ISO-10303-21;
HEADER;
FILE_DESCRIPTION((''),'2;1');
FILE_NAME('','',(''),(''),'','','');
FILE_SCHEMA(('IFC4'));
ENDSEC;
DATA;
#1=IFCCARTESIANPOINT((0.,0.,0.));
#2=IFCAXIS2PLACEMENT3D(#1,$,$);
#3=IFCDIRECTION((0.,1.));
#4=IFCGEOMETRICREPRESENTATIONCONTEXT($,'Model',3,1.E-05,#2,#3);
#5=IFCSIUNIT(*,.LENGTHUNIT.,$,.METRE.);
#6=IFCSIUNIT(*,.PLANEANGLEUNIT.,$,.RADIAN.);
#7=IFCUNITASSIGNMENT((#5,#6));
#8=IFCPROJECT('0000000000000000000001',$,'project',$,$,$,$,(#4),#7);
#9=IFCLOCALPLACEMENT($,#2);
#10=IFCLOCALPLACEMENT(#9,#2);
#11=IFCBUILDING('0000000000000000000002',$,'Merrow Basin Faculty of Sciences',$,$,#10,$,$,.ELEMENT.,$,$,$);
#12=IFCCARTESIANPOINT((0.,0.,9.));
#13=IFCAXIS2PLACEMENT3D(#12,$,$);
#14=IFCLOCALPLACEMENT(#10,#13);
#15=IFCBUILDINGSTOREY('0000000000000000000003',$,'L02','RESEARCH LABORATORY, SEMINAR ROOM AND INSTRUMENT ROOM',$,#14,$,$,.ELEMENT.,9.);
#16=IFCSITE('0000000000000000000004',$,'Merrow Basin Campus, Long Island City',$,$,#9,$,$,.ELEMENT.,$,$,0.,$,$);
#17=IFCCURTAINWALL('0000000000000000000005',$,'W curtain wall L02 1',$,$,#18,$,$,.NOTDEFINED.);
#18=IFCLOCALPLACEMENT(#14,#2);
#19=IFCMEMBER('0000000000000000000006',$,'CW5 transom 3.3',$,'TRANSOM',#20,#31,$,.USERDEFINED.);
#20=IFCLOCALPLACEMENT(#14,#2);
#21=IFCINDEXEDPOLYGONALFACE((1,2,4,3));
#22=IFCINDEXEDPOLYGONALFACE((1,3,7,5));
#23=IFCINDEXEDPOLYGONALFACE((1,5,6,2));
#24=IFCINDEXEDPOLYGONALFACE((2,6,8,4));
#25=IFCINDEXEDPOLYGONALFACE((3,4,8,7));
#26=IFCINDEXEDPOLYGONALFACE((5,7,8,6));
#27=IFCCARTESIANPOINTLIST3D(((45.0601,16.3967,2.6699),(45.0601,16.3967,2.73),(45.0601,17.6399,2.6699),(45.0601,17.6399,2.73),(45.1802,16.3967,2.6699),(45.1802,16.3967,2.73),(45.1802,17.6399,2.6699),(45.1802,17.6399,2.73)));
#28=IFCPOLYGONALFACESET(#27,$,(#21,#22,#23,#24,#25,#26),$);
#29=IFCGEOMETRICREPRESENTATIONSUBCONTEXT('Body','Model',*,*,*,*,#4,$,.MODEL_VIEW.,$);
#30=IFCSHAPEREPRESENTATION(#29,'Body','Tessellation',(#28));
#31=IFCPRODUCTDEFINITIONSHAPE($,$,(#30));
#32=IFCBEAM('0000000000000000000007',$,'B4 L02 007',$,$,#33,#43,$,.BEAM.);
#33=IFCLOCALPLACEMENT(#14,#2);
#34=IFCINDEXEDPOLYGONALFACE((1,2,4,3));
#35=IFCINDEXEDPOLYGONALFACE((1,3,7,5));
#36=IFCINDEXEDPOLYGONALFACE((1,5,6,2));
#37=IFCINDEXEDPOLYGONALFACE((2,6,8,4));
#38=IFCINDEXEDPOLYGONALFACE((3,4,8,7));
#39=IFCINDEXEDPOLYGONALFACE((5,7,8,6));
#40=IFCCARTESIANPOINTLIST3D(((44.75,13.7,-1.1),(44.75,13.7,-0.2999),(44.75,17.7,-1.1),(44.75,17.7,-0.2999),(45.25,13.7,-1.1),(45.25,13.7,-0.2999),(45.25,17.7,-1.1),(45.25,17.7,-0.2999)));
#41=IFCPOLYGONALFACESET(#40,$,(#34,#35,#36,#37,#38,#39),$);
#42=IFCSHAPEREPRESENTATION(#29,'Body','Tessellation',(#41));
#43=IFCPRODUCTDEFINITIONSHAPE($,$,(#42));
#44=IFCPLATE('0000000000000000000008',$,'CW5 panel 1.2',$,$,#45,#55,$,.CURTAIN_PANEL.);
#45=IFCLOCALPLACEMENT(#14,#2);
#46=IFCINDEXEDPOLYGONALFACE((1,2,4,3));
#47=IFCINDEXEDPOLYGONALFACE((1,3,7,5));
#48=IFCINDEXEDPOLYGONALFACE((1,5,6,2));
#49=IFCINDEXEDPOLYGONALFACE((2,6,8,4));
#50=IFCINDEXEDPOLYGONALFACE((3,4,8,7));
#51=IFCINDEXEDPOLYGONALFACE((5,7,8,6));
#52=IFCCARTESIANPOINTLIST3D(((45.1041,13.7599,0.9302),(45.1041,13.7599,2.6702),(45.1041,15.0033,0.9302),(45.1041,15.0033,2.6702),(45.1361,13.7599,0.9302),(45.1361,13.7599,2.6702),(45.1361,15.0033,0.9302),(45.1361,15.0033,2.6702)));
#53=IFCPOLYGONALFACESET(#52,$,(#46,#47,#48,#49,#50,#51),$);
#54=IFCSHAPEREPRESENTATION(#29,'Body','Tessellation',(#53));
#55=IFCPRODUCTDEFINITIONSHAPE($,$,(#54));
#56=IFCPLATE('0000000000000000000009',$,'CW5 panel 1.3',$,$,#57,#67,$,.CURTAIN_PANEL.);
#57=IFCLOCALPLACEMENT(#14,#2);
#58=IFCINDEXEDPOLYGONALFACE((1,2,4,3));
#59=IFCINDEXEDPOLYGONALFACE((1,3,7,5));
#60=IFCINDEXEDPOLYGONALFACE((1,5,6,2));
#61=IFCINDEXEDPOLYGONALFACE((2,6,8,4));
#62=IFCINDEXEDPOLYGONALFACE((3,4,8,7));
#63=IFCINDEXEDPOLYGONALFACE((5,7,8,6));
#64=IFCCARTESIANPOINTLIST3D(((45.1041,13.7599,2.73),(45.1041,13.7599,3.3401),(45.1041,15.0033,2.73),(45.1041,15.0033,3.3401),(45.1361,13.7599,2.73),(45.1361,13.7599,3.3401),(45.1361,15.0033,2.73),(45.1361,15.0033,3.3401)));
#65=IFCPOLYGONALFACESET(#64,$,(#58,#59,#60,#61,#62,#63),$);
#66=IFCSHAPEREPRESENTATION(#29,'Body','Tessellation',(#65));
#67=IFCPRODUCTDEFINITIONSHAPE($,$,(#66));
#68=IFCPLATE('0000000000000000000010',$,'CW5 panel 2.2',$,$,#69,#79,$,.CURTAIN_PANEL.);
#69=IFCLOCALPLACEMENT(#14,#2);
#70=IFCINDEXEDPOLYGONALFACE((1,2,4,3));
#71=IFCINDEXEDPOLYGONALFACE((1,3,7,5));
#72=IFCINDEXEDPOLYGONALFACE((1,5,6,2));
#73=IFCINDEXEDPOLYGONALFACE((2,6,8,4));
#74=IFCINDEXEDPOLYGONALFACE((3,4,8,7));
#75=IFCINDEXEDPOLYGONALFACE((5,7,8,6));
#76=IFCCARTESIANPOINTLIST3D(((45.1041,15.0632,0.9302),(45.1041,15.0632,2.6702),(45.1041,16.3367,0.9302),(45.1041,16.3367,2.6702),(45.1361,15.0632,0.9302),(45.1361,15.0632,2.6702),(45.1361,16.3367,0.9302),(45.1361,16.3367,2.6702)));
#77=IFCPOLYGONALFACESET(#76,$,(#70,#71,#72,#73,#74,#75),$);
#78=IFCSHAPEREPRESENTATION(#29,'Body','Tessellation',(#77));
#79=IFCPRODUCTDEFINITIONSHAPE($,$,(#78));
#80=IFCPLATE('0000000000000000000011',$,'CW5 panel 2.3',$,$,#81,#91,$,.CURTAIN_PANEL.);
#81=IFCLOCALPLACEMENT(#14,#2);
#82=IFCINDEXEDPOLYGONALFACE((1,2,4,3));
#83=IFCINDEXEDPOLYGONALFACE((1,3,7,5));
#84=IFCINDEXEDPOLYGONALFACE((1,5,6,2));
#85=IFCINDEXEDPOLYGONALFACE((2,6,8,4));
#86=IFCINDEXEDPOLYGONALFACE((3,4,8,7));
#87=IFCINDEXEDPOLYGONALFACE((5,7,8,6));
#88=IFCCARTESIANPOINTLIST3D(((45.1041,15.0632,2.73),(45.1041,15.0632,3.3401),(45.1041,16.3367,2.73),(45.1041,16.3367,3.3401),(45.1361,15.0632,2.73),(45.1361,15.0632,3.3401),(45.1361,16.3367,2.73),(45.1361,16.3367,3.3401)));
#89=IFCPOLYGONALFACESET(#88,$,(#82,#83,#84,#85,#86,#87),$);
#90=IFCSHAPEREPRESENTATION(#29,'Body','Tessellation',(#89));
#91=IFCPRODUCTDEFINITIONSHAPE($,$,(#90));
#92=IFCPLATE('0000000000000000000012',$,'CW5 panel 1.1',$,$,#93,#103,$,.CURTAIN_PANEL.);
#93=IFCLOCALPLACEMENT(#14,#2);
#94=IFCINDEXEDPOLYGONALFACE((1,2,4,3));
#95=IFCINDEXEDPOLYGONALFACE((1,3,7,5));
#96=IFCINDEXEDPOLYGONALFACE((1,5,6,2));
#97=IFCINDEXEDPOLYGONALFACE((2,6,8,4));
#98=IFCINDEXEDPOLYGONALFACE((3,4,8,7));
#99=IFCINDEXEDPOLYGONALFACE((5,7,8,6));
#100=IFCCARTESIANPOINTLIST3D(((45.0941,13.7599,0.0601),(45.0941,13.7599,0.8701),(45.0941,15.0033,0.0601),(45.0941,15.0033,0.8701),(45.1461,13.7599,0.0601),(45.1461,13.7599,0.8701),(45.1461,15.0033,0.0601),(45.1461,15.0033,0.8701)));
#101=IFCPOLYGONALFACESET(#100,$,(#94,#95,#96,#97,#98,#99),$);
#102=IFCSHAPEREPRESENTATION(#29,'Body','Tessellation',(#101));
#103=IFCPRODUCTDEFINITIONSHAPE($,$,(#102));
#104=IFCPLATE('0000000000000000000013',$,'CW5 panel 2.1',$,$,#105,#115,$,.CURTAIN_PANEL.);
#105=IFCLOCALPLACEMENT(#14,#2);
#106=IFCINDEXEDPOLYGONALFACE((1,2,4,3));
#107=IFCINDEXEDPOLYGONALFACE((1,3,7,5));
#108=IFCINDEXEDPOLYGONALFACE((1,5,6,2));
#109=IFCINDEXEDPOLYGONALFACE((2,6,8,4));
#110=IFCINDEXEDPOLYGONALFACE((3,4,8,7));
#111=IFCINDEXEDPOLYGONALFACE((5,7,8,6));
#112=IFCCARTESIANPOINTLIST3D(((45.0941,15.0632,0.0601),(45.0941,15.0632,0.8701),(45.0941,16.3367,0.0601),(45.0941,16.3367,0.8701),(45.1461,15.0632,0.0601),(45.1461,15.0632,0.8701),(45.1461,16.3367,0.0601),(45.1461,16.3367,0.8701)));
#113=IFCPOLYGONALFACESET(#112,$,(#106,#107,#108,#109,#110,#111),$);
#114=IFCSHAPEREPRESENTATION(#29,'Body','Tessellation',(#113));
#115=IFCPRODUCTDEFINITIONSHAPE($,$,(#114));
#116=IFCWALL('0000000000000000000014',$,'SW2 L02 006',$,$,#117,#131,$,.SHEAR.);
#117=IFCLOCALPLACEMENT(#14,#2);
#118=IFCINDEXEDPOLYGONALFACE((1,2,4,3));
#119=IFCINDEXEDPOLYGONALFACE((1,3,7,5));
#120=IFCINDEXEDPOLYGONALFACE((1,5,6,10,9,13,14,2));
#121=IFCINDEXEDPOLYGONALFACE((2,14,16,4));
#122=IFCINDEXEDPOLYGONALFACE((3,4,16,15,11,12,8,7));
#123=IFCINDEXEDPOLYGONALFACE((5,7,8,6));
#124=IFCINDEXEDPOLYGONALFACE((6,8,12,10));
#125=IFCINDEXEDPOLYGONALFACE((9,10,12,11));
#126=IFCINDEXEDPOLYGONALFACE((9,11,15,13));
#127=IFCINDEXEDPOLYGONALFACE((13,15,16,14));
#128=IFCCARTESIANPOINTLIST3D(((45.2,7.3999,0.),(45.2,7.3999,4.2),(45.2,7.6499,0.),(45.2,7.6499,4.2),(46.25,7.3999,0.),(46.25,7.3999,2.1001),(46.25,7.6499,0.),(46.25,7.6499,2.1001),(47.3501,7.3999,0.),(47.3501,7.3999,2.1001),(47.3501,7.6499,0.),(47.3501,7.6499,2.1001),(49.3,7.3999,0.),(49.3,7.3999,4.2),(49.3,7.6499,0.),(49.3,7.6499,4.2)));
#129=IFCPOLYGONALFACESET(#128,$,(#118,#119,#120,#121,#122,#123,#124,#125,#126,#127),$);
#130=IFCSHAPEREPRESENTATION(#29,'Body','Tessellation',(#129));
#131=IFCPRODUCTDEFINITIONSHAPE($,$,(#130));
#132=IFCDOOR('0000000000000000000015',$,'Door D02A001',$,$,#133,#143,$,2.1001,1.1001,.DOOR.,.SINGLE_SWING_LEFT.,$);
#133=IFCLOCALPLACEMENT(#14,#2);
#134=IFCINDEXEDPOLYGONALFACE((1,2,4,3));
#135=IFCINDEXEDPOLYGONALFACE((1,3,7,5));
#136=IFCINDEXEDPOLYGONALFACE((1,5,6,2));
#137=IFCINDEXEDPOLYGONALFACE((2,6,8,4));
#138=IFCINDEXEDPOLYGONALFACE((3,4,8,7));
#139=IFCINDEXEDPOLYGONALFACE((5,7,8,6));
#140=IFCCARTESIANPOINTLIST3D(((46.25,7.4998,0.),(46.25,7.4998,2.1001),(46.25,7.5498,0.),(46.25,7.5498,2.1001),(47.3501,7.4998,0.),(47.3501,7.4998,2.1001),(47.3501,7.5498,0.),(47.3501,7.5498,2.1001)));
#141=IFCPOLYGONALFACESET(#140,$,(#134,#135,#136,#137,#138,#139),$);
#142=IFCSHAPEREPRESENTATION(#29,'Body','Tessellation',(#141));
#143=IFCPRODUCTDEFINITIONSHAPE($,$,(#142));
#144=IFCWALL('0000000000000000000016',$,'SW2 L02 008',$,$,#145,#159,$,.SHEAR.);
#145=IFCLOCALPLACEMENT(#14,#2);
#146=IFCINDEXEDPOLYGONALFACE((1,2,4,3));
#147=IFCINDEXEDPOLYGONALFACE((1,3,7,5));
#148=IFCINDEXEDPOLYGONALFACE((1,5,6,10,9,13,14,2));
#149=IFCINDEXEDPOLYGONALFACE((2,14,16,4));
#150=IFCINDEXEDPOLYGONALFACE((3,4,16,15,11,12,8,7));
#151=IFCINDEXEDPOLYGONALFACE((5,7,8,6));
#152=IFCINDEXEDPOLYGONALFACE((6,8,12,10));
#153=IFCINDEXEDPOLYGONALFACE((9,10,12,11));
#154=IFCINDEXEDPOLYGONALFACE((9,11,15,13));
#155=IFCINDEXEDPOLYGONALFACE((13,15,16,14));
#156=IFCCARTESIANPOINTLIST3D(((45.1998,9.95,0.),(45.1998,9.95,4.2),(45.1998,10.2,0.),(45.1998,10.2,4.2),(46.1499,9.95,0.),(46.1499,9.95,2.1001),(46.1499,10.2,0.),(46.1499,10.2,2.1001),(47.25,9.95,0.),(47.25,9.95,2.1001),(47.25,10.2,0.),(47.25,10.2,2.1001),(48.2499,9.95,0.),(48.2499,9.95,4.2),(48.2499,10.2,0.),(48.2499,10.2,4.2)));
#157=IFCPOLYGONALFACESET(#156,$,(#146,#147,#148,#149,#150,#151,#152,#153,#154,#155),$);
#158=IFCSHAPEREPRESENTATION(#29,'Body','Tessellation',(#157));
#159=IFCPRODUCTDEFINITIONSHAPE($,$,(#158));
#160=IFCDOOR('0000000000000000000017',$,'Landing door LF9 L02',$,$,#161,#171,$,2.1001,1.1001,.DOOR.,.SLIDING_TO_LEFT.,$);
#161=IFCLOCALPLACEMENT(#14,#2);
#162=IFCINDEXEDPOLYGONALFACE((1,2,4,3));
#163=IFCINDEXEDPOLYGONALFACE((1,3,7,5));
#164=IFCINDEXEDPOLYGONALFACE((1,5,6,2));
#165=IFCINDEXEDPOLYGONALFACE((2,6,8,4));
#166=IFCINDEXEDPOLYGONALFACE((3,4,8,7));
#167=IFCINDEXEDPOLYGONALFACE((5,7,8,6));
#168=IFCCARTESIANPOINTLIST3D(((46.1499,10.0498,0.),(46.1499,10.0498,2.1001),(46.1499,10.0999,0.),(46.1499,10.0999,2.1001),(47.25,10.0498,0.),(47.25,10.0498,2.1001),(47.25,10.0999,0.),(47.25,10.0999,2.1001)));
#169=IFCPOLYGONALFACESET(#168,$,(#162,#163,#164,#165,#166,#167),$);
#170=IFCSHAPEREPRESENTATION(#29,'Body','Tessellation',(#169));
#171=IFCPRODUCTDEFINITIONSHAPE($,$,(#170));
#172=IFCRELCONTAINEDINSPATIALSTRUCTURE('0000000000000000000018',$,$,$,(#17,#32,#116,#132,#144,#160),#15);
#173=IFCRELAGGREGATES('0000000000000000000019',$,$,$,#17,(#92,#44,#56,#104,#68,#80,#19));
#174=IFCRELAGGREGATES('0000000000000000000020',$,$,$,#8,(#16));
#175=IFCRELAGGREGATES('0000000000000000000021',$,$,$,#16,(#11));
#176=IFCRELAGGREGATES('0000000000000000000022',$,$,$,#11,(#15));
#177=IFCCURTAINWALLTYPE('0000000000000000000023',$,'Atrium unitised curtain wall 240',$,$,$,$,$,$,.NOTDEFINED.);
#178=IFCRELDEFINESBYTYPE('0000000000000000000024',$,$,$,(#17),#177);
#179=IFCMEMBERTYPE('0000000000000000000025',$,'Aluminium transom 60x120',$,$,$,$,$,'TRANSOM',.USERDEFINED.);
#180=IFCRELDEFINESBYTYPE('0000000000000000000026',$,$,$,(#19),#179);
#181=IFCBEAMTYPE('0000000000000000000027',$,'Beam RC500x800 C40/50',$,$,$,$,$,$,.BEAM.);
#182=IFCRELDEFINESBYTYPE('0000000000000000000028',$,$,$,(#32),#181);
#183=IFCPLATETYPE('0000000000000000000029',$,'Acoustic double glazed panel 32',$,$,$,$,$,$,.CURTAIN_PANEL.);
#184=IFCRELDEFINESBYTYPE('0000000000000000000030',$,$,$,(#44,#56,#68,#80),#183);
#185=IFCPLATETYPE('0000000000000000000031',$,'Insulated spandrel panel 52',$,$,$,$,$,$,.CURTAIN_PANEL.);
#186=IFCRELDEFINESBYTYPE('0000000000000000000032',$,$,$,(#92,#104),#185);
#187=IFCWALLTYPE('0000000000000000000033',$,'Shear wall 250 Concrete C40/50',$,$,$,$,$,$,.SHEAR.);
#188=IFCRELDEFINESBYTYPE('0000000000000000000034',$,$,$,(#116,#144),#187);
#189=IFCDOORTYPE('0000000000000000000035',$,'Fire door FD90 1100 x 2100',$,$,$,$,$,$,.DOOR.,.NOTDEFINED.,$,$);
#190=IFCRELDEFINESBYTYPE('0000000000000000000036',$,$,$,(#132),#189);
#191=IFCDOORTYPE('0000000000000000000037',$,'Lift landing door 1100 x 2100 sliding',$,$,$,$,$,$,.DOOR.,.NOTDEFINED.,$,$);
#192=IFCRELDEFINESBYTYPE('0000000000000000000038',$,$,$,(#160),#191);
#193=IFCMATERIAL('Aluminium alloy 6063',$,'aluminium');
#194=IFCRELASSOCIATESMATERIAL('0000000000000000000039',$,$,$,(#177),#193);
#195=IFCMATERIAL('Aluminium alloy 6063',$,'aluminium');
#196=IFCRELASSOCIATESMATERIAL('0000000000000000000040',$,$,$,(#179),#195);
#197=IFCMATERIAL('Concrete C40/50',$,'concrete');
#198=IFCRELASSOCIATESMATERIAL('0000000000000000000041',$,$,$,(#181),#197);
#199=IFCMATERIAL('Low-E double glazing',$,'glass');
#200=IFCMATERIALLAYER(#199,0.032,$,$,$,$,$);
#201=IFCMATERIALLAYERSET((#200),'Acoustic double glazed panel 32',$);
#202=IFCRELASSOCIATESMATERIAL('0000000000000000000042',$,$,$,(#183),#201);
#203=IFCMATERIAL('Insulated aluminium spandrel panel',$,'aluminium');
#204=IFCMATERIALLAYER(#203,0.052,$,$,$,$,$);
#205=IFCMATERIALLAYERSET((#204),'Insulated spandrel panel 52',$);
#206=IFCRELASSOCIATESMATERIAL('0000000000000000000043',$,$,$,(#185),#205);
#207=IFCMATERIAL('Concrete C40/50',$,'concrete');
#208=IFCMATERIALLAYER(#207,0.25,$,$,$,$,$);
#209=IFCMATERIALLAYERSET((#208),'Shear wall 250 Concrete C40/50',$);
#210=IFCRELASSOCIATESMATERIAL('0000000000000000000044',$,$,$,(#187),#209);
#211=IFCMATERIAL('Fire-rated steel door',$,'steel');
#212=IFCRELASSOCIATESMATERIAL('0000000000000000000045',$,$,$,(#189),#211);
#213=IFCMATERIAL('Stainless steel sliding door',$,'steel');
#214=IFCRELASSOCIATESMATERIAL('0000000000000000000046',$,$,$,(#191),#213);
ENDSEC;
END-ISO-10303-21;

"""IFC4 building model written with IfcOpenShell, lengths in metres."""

from ifc_helpers import new_model, si_unit, direction, frame, frame_2d, origin, origin_2d, place, context, subcontext, project, spatial, rectangle, extrude, material, layer, layer_set, material_profile, profile_set, type_object, element, fill, aggregate, save


model = new_model("IFC4")

# Units and contexts
model_context = context("Model", 3, precision=1e-05, world=origin(), true_north=direction((0.0, 1.0)))
body_context = subcontext(model_context, "Body", "Model", "MODEL_VIEW")
ifc_project = project(units=[si_unit("LENGTHUNIT", "METRE"), si_unit("PLANEANGLEUNIT", "RADIAN")], contexts=[model_context])

# Site, building, storey
site_placement = place(None, origin())
site = spatial("IfcSite", under=ifc_project, at=site_placement, Name="Merrow Basin Campus, Long Island City", CompositionType="ELEMENT", RefElevation=0.0)
building_placement = place(site_placement, origin())
building = spatial("IfcBuilding", under=site, at=building_placement, Name="Merrow Basin Faculty of Sciences", CompositionType="ELEMENT")
storey_placement = place(building_placement, frame((0.0, 0.0, 9.0)))
storey = spatial("IfcBuildingStorey", under=building, at=storey_placement, Name="L02", Description="RESEARCH LABORATORY, SEMINAR ROOM AND INSTRUMENT ROOM", CompositionType="ELEMENT", Elevation=9.0)

# Curtain wall, member
ifc_material_1 = material(Name="Aluminium alloy 6063", Category="aluminium")
curtain_wall_type = type_object("IfcCurtainWallType", Name="Atrium unitised curtain wall 240", PredefinedType="NOTDEFINED", material=ifc_material_1)
curtain_wall_placement = place(storey_placement, origin())
curtain_wall = element("IfcCurtainWall", 1, at=curtain_wall_placement, inside=storey, type_object=curtain_wall_type, Name="W curtain wall L02 1", PredefinedType="NOTDEFINED")
ifc_material_2 = material(Name="Aluminium alloy 6063", Category="aluminium")
ifc_material_profile_1 = material_profile(ifc_material_2, rectangle(XDim=0.1201, YDim=0.0601, at=origin_2d()))
ifc_profile_set_1 = profile_set([ifc_material_profile_1], Name="Aluminium alloy 6063")
member_type_1 = type_object("IfcMemberType", Name="Aluminium transom 60x120", ElementType="TRANSOM", PredefinedType="USERDEFINED", material=ifc_profile_set_1)
member_1_placement = place(storey_placement, frame((45.1201, 16.3967, 2.7), z_axis=(0.0, 1.0, 0.0), x_axis=(-1.0, 0.0, 0.0)))
member_1 = element("IfcMember", 2, at=member_1_placement, type_object=member_type_1, Name="CW5 transom 3.3", ObjectType="TRANSOM", PredefinedType="USERDEFINED", context=body_context, shape_type="SweptSolid", body=[
    extrude(rectangle(XDim=0.1201, YDim=0.0601, at=origin_2d()), origin(), (0.0, 0.0, 1.0), 1.2432),
])

# Beam
ifc_material_3 = material(Name="Concrete C40/50", Category="concrete")
ifc_material_profile_2 = material_profile(ifc_material_3, rectangle(XDim=0.5, YDim=0.8, at=origin_2d()))
ifc_profile_set_2 = profile_set([ifc_material_profile_2], Name="Concrete C40/50")
beam_type = type_object("IfcBeamType", Name="Beam RC500x800 C40/50", PredefinedType="BEAM", material=ifc_profile_set_2)
beam_placement = place(storey_placement, frame((45.0, 13.7, -0.7), z_axis=(0.0, 1.0, 0.0), x_axis=(-1.0, 0.0, 0.0)))
element("IfcBeam", 3, at=beam_placement, inside=storey, type_object=beam_type, Name="B4 L02 007", PredefinedType="BEAM", context=body_context, shape_type="SweptSolid", body=[
    extrude(rectangle(XDim=0.5, YDim=0.8, at=origin_2d()), origin(), (0.0, 0.0, 1.0), 4.0),
])

# Plates
ifc_material_4 = material(Name="Low-E double glazing", Category="glass")
ifc_layer_1 = layer(ifc_material_4, 0.032)
ifc_layer_set_1 = layer_set([ifc_layer_1], Name="Acoustic double glazed panel 32")
plate_type_1 = type_object("IfcPlateType", Name="Acoustic double glazed panel 32", PredefinedType="CURTAIN_PANEL", material=ifc_layer_set_1)
plate_1_placement = place(storey_placement, frame((45.1201, 14.3816, 0.9302), z_axis=(0.0, 0.0, 1.0), x_axis=(0.0, 1.0, 0.0)))
plate_1 = element("IfcPlate", 4, at=plate_1_placement, type_object=plate_type_1, Name="CW5 panel 1.2", PredefinedType="CURTAIN_PANEL", context=body_context, shape_type="SweptSolid", body=[
    extrude(rectangle(XDim=1.2434, YDim=0.032, at=origin_2d()), origin(), (0.0, 0.0, 1.0), 1.74),
])
plate_2_placement = place(storey_placement, frame((45.1201, 14.3816, 2.73), z_axis=(0.0, 0.0, 1.0), x_axis=(0.0, 1.0, 0.0)))
plate_2 = element("IfcPlate", 5, at=plate_2_placement, type_object=plate_type_1, Name="CW5 panel 1.3", PredefinedType="CURTAIN_PANEL", context=body_context, shape_type="SweptSolid", body=[
    extrude(rectangle(XDim=1.2434, YDim=0.032, at=origin_2d()), origin(), (0.0, 0.0, 1.0), 0.6101),
])
plate_3_placement = place(storey_placement, frame((45.1201, 15.7, 0.9302), z_axis=(0.0, 0.0, 1.0), x_axis=(0.0, 1.0, 0.0)))
plate_3 = element("IfcPlate", 6, at=plate_3_placement, type_object=plate_type_1, Name="CW5 panel 2.2", PredefinedType="CURTAIN_PANEL", context=body_context, shape_type="SweptSolid", body=[
    extrude(rectangle(XDim=1.2734, YDim=0.032, at=origin_2d()), origin(), (0.0, 0.0, 1.0), 1.74),
])
plate_4_placement = place(storey_placement, frame((45.1201, 15.7, 2.73), z_axis=(0.0, 0.0, 1.0), x_axis=(0.0, 1.0, 0.0)))
plate_4 = element("IfcPlate", 7, at=plate_4_placement, type_object=plate_type_1, Name="CW5 panel 2.3", PredefinedType="CURTAIN_PANEL", context=body_context, shape_type="SweptSolid", body=[
    extrude(rectangle(XDim=1.2734, YDim=0.032, at=origin_2d()), origin(), (0.0, 0.0, 1.0), 0.6101),
])
ifc_material_5 = material(Name="Insulated aluminium spandrel panel", Category="aluminium")
ifc_layer_2 = layer(ifc_material_5, 0.052)
ifc_layer_set_2 = layer_set([ifc_layer_2], Name="Insulated spandrel panel 52")
plate_type_2 = type_object("IfcPlateType", Name="Insulated spandrel panel 52", PredefinedType="CURTAIN_PANEL", material=ifc_layer_set_2)
plate_5_placement = place(storey_placement, frame((45.1201, 14.3816, 0.0601), z_axis=(0.0, 0.0, 1.0), x_axis=(0.0, 1.0, 0.0)))
plate_5 = element("IfcPlate", 8, at=plate_5_placement, type_object=plate_type_2, Name="CW5 panel 1.1", PredefinedType="CURTAIN_PANEL", context=body_context, shape_type="SweptSolid", body=[
    extrude(rectangle(XDim=1.2434, YDim=0.052, at=origin_2d()), origin(), (0.0, 0.0, 1.0), 0.8101),
])
plate_6_placement = place(storey_placement, frame((45.1201, 15.7, 0.0601), z_axis=(0.0, 0.0, 1.0), x_axis=(0.0, 1.0, 0.0)))
plate_6 = element("IfcPlate", 9, at=plate_6_placement, type_object=plate_type_2, Name="CW5 panel 2.1", PredefinedType="CURTAIN_PANEL", context=body_context, shape_type="SweptSolid", body=[
    extrude(rectangle(XDim=1.2734, YDim=0.052, at=origin_2d()), origin(), (0.0, 0.0, 1.0), 0.8101),
])
aggregate(curtain_wall, [plate_5, plate_1, plate_2, plate_6, plate_3, plate_4, member_1])

# Walls, openings, doors
ifc_material_6 = material(Name="Concrete C40/50", Category="concrete")
ifc_layer_3 = layer(ifc_material_6, 0.25)
ifc_layer_set_3 = layer_set([ifc_layer_3], Name="Shear wall 250 Concrete C40/50")
wall_type_1 = type_object("IfcWallType", Name="Shear wall 250 Concrete C40/50", PredefinedType="SHEAR", material=ifc_layer_set_3)
wall_1_placement = place(storey_placement, frame((45.2, 7.5249, 0.0), z_axis=(0.0, 0.0, 1.0), x_axis=(1.0, 0.0, 0.0)))
wall_1 = element("IfcWall", 10, at=wall_1_placement, inside=storey, type_object=wall_type_1, Name="SW2 L02 006", PredefinedType="SHEAR", context=body_context, shape_type="SweptSolid", body=[
    extrude(rectangle(XDim=4.1001, YDim=0.25, at=frame_2d((2.05, 0.0))), origin(), (0.0, 0.0, 1.0), 4.2),
])
opening_1_placement = place(wall_1_placement, frame((1.05, 0.0, 0.0)))
opening_1 = element("IfcOpeningElement", 11, at=opening_1_placement, cuts=wall_1, PredefinedType="OPENING", context=body_context, shape_type="SweptSolid", body=[
    extrude(rectangle(XDim=1.1001, YDim=2.1001, at=frame_2d((0.55, 1.05))), frame((0.0, 0.135, 0.0), z_axis=(0.0, -1.0, 0.0), x_axis=(1.0, 0.0, 0.0)), (0.0, 0.0, 1.0), 0.27),
])
ifc_material_7 = material(Name="Fire-rated steel door", Category="steel")
door_type_1 = type_object("IfcDoorType", Name="Fire door FD90 1100 x 2100", OperationType="NOTDEFINED", PredefinedType="DOOR", material=ifc_material_7)
door_1_placement = place(opening_1_placement, origin())
door_1 = element("IfcDoor", 12, at=door_1_placement, inside=storey, type_object=door_type_1, Name="Door D02A001", OperationType="SINGLE_SWING_LEFT", OverallHeight=2.1001, OverallWidth=1.1001, PredefinedType="DOOR", context=body_context, shape_type="SweptSolid", body=[
    extrude(rectangle(XDim=1.1001, YDim=2.1001, at=frame_2d((0.55, 1.05))), frame((0.0, 0.0249, 0.0), z_axis=(0.0, -1.0, 0.0), x_axis=(1.0, 0.0, 0.0)), (0.0, 0.0, 1.0), 0.05),
])
fill(opening_1, door_1)
wall_2_placement = place(storey_placement, frame((45.2, 10.075, 0.0), z_axis=(0.0, 0.0, 1.0), x_axis=(1.0, 0.0, 0.0)))
wall_2 = element("IfcWall", 13, at=wall_2_placement, inside=storey, type_object=wall_type_1, Name="SW2 L02 008", PredefinedType="SHEAR", context=body_context, shape_type="SweptSolid", body=[
    extrude(rectangle(XDim=3.05, YDim=0.25, at=frame_2d((1.5249, 0.0))), origin(), (0.0, 0.0, 1.0), 4.2),
])
opening_2_placement = place(wall_2_placement, frame((0.95, 0.0, 0.0)))
opening_2 = element("IfcOpeningElement", 14, at=opening_2_placement, cuts=wall_2, PredefinedType="OPENING", context=body_context, shape_type="SweptSolid", body=[
    extrude(rectangle(XDim=1.1001, YDim=2.1001, at=frame_2d((0.55, 1.05))), frame((0.0, 0.135, 0.0), z_axis=(0.0, -1.0, 0.0), x_axis=(1.0, 0.0, 0.0)), (0.0, 0.0, 1.0), 0.27),
])
ifc_material_8 = material(Name="Stainless steel sliding door", Category="steel")
door_type_2 = type_object("IfcDoorType", Name="Lift landing door 1100 x 2100 sliding", OperationType="NOTDEFINED", PredefinedType="DOOR", material=ifc_material_8)
door_2_placement = place(opening_2_placement, origin())
door_2 = element("IfcDoor", 15, at=door_2_placement, inside=storey, type_object=door_type_2, Name="Landing door LF9 L02", OperationType="SLIDING_TO_LEFT", OverallHeight=2.1001, OverallWidth=1.1001, PredefinedType="DOOR", context=body_context, shape_type="SweptSolid", body=[
    extrude(rectangle(XDim=1.1001, YDim=2.1001, at=frame_2d((0.55, 1.05))), frame((0.0, 0.0249, 0.0), z_axis=(0.0, -1.0, 0.0), x_axis=(1.0, 0.0, 0.0)), (0.0, 0.0, 1.0), 0.05),
])
fill(opening_2, door_2)

save(model, "model.ifc")
